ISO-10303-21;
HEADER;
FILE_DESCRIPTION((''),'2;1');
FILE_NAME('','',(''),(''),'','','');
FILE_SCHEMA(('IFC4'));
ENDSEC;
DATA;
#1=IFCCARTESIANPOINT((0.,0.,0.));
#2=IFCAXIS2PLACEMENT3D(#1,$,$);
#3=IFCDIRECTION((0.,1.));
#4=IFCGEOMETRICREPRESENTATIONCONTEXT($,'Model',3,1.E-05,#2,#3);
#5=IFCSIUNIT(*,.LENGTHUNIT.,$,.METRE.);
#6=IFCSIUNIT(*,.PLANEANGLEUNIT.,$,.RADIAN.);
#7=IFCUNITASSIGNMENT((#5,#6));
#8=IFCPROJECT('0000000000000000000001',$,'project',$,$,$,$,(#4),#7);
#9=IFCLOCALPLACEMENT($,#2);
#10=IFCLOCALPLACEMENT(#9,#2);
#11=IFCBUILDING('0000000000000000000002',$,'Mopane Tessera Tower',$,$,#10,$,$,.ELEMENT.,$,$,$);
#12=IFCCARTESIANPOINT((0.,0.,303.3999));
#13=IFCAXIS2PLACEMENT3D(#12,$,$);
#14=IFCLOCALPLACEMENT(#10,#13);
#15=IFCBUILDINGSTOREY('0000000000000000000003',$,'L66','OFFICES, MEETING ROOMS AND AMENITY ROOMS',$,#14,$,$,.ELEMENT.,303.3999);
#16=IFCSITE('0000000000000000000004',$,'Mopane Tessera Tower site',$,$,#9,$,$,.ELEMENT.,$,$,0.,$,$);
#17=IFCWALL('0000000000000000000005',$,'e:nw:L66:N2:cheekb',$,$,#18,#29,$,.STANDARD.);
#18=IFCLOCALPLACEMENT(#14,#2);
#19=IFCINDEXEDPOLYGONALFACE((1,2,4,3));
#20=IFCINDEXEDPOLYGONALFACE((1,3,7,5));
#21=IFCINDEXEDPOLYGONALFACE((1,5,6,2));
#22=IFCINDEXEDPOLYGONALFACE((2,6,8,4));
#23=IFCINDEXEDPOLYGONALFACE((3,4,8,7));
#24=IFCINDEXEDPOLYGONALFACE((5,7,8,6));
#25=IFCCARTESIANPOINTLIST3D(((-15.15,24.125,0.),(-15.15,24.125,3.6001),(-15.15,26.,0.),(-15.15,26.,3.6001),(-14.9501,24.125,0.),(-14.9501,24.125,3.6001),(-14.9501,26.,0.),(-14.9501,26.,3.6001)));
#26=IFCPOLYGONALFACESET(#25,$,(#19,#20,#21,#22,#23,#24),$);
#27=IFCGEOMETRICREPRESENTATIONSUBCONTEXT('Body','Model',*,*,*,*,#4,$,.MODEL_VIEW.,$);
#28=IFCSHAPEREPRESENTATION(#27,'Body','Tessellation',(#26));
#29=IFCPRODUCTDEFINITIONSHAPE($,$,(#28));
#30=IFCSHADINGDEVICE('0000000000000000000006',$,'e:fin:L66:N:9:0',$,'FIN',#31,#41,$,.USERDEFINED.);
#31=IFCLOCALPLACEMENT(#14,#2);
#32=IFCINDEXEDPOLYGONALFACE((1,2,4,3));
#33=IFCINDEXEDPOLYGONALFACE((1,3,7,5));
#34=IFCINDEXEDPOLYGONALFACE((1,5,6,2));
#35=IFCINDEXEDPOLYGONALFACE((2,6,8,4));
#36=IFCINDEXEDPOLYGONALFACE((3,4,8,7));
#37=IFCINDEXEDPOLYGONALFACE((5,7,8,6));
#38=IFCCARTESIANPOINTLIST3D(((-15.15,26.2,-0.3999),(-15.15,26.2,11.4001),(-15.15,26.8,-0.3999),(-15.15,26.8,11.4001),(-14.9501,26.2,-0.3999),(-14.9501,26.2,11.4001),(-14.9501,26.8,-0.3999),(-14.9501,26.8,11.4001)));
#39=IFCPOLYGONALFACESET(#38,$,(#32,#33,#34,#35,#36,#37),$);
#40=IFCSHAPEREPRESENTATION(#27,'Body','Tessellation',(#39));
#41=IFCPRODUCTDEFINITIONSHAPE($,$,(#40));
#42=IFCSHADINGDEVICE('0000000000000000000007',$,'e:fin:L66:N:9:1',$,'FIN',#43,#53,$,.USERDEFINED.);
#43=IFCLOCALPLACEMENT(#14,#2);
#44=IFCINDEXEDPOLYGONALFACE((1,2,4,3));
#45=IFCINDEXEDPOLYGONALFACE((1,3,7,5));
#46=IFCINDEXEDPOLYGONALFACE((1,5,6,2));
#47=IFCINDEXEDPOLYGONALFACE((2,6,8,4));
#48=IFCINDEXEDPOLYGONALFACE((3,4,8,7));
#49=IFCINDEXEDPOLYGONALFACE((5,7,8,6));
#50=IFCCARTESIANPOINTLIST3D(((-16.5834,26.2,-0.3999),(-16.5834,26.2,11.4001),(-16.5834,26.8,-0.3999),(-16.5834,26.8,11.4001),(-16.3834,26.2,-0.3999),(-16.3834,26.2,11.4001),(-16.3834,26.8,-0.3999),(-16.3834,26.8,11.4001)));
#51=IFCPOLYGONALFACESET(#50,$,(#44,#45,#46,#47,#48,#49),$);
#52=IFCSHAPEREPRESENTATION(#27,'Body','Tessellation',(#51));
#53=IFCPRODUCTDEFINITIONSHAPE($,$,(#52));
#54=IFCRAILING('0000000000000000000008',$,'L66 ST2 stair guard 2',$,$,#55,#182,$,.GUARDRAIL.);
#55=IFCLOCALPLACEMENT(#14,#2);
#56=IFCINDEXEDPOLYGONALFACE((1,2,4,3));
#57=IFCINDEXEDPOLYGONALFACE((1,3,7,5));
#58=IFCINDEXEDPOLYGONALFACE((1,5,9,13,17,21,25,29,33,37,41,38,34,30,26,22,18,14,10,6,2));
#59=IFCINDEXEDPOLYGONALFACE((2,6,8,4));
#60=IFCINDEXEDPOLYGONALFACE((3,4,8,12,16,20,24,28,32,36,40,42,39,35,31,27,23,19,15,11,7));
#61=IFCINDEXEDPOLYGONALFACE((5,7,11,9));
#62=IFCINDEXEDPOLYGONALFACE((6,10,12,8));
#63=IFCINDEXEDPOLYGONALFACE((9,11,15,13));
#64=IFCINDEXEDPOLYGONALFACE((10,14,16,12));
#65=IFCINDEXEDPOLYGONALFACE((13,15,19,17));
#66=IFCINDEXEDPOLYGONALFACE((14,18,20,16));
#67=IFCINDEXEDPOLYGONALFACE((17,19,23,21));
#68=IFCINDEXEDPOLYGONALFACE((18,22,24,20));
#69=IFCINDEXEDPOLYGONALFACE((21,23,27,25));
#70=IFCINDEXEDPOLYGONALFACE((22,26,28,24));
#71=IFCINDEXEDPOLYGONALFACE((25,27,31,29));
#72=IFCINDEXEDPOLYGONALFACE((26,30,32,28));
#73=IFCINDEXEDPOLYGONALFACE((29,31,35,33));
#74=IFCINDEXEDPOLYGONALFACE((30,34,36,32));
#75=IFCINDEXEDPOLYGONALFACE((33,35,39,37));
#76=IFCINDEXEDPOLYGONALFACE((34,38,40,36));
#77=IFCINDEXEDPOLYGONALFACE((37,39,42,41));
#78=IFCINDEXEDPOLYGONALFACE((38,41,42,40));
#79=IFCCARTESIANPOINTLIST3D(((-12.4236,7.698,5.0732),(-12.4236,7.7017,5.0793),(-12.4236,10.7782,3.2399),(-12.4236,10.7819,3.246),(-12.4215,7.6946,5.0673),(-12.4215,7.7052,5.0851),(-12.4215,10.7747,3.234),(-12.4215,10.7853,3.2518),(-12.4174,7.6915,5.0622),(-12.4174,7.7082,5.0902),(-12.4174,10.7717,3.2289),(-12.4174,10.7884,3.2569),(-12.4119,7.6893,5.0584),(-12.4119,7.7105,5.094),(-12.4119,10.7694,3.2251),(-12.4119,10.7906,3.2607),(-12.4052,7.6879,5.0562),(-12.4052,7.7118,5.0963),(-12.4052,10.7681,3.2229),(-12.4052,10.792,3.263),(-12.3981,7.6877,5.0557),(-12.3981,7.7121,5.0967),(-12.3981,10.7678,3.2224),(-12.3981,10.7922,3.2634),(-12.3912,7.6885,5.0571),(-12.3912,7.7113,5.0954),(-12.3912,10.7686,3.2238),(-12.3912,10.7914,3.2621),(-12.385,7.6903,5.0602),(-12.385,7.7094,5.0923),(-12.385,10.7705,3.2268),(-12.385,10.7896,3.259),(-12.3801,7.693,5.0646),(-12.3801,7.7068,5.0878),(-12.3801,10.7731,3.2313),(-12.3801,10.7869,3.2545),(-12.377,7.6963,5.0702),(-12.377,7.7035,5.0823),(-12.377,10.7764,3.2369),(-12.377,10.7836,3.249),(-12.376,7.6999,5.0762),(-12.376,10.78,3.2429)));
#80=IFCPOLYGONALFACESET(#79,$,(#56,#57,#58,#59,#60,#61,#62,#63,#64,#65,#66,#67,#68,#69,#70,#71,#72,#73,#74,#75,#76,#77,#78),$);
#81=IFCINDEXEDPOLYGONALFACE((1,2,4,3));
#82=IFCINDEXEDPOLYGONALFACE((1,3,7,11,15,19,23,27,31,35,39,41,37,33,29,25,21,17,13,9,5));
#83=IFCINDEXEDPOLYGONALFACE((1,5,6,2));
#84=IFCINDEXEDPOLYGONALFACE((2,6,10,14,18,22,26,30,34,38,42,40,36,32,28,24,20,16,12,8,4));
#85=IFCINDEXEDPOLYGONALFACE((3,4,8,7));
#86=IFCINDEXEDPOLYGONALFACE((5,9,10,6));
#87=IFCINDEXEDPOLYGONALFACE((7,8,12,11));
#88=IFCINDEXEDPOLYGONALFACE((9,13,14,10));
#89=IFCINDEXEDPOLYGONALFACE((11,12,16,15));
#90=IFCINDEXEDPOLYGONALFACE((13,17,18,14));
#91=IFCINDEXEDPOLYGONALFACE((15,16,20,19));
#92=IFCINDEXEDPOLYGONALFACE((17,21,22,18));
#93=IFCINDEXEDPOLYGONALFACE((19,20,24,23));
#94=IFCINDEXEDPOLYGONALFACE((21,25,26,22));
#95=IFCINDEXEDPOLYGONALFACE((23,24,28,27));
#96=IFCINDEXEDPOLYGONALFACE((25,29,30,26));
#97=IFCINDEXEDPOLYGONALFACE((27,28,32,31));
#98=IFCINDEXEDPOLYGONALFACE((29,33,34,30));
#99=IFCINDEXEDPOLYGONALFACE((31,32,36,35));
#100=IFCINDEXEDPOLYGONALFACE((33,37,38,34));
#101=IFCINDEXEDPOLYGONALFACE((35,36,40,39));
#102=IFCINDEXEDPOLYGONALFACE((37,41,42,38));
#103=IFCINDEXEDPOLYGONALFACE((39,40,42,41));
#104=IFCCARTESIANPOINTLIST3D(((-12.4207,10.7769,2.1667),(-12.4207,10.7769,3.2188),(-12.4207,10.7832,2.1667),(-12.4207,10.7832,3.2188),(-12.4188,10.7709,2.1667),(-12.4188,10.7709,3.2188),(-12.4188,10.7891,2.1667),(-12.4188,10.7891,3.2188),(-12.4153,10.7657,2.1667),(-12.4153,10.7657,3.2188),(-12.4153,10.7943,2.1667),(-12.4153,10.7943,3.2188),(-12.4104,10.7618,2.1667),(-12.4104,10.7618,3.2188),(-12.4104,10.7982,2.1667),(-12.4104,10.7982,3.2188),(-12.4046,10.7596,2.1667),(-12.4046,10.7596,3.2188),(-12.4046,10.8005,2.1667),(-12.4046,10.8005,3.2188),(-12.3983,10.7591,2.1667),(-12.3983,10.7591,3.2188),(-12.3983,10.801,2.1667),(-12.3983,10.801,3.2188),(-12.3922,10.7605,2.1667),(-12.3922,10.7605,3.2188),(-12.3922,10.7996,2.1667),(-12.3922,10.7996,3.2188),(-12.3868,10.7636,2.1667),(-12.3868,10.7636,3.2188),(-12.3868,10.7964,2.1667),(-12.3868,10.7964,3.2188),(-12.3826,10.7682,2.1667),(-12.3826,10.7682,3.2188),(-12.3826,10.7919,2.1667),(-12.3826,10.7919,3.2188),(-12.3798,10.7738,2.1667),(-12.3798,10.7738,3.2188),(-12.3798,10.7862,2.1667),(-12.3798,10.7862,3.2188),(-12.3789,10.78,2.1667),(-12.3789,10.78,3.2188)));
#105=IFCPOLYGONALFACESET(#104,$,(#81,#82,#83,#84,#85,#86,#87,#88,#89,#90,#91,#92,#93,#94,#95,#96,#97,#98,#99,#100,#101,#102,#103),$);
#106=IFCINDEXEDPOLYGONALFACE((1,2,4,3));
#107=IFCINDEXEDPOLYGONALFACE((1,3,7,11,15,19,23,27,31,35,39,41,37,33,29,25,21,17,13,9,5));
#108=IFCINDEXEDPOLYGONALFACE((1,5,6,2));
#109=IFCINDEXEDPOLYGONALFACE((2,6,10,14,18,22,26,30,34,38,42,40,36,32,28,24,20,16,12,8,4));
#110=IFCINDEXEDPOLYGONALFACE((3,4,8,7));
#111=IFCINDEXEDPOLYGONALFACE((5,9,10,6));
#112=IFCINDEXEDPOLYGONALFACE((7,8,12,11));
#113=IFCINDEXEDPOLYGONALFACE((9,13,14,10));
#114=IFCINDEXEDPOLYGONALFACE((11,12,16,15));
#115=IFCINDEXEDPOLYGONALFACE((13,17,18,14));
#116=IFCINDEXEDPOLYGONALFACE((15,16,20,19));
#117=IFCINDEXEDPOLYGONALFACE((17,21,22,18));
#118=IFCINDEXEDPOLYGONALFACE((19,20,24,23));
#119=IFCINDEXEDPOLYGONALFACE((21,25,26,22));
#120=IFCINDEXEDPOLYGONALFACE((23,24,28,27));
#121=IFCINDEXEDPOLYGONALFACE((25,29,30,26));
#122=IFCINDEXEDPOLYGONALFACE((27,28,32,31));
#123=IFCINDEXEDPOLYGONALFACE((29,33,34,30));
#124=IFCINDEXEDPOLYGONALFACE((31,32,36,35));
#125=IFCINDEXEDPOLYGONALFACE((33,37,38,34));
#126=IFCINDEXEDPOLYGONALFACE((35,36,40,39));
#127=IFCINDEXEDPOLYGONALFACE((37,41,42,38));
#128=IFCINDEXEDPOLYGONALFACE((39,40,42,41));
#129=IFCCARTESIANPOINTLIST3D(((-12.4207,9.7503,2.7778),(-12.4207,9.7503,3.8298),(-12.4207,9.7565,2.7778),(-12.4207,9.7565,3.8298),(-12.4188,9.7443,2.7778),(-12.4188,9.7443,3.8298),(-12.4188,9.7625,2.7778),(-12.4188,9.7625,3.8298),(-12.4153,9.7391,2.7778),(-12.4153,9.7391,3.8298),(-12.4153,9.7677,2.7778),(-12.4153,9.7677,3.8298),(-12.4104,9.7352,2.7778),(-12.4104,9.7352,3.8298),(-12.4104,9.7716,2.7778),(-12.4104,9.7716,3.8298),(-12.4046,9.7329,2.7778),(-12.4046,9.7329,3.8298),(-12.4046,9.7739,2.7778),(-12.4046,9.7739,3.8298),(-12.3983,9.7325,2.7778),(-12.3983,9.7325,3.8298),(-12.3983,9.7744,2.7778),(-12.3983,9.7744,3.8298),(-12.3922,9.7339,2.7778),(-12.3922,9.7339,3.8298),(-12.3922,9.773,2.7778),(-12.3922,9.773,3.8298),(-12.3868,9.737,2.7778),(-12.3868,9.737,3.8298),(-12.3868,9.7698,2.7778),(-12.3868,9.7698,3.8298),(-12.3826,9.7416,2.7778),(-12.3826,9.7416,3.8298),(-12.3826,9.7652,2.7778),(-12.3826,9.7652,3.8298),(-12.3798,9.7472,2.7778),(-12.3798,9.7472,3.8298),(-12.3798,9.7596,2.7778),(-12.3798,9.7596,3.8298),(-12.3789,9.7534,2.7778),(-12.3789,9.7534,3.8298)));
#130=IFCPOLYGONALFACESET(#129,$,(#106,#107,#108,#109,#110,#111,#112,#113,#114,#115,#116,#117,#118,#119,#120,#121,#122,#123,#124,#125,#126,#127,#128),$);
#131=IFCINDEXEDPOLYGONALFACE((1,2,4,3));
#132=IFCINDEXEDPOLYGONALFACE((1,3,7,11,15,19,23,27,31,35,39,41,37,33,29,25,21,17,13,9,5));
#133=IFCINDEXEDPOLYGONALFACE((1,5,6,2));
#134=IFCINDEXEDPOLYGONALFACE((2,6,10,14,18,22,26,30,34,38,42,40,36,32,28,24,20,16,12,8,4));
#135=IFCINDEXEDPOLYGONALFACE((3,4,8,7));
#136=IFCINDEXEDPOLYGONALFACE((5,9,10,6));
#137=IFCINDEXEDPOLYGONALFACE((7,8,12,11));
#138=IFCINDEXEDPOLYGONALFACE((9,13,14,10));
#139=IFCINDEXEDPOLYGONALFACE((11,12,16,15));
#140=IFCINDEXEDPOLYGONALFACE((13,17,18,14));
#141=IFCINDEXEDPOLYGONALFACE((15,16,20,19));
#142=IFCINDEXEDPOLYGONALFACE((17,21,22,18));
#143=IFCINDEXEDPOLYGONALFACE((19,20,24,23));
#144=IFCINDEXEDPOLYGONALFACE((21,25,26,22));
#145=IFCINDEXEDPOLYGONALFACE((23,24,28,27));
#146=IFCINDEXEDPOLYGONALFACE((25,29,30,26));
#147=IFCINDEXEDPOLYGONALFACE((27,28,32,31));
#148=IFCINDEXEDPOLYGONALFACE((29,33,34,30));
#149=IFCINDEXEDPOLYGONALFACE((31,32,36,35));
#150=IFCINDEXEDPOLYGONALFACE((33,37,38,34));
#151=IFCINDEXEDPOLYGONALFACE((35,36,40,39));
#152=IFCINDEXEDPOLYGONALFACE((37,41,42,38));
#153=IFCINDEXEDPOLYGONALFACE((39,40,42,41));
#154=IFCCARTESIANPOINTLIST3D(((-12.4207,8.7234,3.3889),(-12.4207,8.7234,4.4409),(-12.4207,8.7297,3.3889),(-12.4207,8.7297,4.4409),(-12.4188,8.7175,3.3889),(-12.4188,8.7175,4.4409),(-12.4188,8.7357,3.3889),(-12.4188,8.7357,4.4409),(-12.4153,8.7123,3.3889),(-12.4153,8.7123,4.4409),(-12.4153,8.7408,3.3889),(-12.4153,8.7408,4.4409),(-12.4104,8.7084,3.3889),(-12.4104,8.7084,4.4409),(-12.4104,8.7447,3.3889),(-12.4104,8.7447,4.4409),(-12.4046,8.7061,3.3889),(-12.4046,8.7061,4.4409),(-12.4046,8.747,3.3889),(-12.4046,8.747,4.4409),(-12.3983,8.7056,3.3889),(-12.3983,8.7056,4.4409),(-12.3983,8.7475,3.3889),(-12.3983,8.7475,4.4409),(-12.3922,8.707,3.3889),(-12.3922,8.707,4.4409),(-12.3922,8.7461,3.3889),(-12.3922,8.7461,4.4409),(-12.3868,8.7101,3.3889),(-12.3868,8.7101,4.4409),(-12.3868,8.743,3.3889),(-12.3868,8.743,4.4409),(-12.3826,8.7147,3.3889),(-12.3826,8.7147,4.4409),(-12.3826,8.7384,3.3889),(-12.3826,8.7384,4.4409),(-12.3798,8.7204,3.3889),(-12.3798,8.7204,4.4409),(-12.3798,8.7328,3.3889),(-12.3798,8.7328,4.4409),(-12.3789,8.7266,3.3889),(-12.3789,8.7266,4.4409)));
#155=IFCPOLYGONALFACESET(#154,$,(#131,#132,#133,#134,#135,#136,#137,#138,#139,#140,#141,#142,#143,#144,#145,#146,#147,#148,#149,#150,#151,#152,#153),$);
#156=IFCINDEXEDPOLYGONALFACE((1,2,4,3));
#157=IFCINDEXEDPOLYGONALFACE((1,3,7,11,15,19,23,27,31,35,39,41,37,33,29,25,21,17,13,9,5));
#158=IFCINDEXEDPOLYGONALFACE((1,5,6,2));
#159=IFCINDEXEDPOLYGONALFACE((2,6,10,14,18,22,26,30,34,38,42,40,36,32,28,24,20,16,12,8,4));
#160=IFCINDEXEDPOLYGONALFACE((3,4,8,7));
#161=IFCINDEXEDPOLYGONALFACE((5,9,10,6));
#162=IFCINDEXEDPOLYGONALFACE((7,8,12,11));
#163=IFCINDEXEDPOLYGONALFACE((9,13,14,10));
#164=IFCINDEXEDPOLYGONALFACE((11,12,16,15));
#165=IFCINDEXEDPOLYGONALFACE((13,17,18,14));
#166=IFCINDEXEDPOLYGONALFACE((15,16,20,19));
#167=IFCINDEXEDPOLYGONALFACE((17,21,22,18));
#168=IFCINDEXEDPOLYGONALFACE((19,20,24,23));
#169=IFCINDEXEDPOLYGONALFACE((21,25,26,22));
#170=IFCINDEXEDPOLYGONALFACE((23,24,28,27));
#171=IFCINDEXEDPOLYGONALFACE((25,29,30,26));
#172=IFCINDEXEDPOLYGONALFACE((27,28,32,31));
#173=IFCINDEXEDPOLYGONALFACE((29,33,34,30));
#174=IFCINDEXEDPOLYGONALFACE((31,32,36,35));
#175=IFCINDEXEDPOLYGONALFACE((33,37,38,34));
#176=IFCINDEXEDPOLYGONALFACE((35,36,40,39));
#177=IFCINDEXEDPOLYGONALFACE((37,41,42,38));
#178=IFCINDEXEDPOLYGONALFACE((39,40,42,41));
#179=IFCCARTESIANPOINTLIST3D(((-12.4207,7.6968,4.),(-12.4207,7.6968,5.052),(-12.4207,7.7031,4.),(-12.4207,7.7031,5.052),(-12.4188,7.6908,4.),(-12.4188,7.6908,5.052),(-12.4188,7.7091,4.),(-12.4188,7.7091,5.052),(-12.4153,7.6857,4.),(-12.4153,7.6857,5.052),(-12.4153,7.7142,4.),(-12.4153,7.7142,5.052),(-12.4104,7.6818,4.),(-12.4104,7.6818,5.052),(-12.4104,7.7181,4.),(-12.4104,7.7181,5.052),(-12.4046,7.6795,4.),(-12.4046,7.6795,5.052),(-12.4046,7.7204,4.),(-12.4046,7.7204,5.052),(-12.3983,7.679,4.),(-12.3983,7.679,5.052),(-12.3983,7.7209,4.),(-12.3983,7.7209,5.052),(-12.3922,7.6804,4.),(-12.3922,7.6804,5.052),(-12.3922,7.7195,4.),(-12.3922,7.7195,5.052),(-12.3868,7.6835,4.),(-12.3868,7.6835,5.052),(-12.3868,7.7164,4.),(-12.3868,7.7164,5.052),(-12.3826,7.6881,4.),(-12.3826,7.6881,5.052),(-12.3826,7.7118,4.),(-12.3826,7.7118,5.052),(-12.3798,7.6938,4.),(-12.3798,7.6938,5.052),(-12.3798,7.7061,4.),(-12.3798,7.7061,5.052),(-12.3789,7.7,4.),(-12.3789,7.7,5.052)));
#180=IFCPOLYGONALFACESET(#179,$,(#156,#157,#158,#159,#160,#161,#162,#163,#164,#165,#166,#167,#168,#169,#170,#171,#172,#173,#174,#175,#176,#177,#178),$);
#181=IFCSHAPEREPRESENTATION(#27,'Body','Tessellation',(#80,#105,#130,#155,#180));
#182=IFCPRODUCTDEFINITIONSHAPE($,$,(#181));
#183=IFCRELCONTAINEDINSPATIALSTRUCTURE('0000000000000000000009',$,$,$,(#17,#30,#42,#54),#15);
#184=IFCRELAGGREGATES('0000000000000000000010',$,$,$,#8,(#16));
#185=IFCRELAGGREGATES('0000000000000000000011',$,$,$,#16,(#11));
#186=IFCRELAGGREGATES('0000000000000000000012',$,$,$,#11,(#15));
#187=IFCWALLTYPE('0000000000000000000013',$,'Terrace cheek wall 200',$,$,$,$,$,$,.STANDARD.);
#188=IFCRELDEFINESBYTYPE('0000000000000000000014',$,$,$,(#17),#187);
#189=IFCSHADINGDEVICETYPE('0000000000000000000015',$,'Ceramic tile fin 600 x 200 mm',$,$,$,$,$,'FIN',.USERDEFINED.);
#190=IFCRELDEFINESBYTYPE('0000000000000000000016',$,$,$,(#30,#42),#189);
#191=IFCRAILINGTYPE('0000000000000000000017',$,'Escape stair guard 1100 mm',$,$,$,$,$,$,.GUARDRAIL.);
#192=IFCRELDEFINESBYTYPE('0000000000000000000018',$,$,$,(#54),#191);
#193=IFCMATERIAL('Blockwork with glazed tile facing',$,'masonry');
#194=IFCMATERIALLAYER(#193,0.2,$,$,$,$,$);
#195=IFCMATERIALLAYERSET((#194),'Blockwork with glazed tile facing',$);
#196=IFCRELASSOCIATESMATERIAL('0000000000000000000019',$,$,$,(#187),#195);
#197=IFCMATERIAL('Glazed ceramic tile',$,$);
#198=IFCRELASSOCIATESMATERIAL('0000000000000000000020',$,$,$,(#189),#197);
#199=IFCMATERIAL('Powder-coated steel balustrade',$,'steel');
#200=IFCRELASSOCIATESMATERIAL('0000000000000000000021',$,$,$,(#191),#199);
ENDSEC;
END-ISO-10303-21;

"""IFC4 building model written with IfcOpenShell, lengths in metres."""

from ifc_helpers import new_model, si_unit, direction, frame, frame_2d, origin, origin_2d, place, context, subcontext, project, spatial, rectangle, circle, extrude, material, layer, layer_set, type_object, element, save


model = new_model("IFC4")

# Units and contexts
model_context = context("Model", 3, precision=1e-05, world=origin(), true_north=direction((0.0, 1.0)))
body_context = subcontext(model_context, "Body", "Model", "MODEL_VIEW")
ifc_project = project(units=[si_unit("LENGTHUNIT", "METRE"), si_unit("PLANEANGLEUNIT", "RADIAN")], contexts=[model_context])

# Site, building, storey
site_placement = place(None, origin())
site = spatial("IfcSite", under=ifc_project, at=site_placement, Name="Mopane Tessera Tower site", CompositionType="ELEMENT", RefElevation=0.0)
building_placement = place(site_placement, origin())
building = spatial("IfcBuilding", under=site, at=building_placement, Name="Mopane Tessera Tower", CompositionType="ELEMENT")
storey_placement = place(building_placement, frame((0.0, 0.0, 303.3999)))
storey = spatial("IfcBuildingStorey", under=building, at=storey_placement, Name="L66", Description="OFFICES, MEETING ROOMS AND AMENITY ROOMS", CompositionType="ELEMENT", Elevation=303.3999)

# Wall
ifc_material_1 = material(Name="Blockwork with glazed tile facing", Category="masonry")
ifc_layer_1 = layer(ifc_material_1, 0.2)
ifc_layer_set_1 = layer_set([ifc_layer_1], Name="Blockwork with glazed tile facing")
wall_type_1 = type_object("IfcWallType", Name="Terrace cheek wall 200", PredefinedType="STANDARD", material=ifc_layer_set_1)
wall_1_placement = place(storey_placement, frame((-15.05, 26.0, 0.0), z_axis=(0.0, 0.0, 1.0), x_axis=(0.0, -1.0, 0.0)))
element("IfcWall", 1, at=wall_1_placement, inside=storey, type_object=wall_type_1, Name="e:nw:L66:N2:cheekb", PredefinedType="STANDARD", context=body_context, shape_type="SweptSolid", body=[
    extrude(rectangle(XDim=1.875, YDim=0.2, at=frame_2d((0.9375, 0.0))), origin(), (0.0, 0.0, 1.0), 3.6001),
])

# Shading devices
ifc_material_2 = material(Name="Glazed ceramic tile")
shading_device_type = type_object("IfcShadingDeviceType", Name="Ceramic tile fin 600 x 200 mm", ElementType="FIN", PredefinedType="USERDEFINED", material=ifc_material_2)
for number, where, z_axis, x_axis, name in (
    (2, (-15.05, 26.5, -0.3999), (0.0, 0.0, 1.0), (-1.0, 0.0, 0.0), "e:fin:L66:N:9:0"),
    (3, (-16.4834, 26.5, -0.3999), (0.0, 0.0, 1.0), (-1.0, 0.0, 0.0), "e:fin:L66:N:9:1"),
):
    element("IfcShadingDevice", number, at=place(storey_placement, frame(where, z_axis=z_axis, x_axis=x_axis)), inside=storey, type_object=shading_device_type, Name=name, ObjectType="FIN", PredefinedType="USERDEFINED", context=body_context, shape_type="SweptSolid", body=[
        extrude(rectangle(XDim=0.2, YDim=0.6001, at=origin_2d()), origin(), (0.0, 0.0, 1.0), 11.8),
    ])

# Railing
ifc_material_3 = material(Name="Powder-coated steel balustrade", Category="steel")
railing_type = type_object("IfcRailingType", Name="Escape stair guard 1100 mm", PredefinedType="GUARDRAIL", material=ifc_material_3)
railing_placement = place(storey_placement, frame((-12.3999, 10.78, 2.1667)))
element("IfcRailing", 4, at=railing_placement, inside=storey, type_object=railing_type, Name="L66 ST2 stair guard 2", PredefinedType="GUARDRAIL", context=body_context, shape_type="SweptSolid", body=[
    extrude(circle(Radius=0.0239, at=origin_2d()), frame((0.0, 0.0, 1.0762), z_axis=(0.0, -0.859309, 0.511458), x_axis=(1.0, 0.0, 0.0)), (0.0, 0.0, 1.0), 3.5845),
    extrude(circle(Radius=0.021, at=origin_2d()), origin(), (0.0, 0.0, 1.0), 1.052),
    extrude(circle(Radius=0.021, at=origin_2d()), frame((0.0, -1.0266, 0.6111)), (0.0, 0.0, 1.0), 1.052),
    extrude(circle(Radius=0.021, at=origin_2d()), frame((0.0, -2.0535, 1.2222)), (0.0, 0.0, 1.0), 1.052),
    extrude(circle(Radius=0.021, at=origin_2d()), frame((0.0, -3.0801, 1.8333)), (0.0, 0.0, 1.0), 1.052),
])

save(model, "model.ifc")
